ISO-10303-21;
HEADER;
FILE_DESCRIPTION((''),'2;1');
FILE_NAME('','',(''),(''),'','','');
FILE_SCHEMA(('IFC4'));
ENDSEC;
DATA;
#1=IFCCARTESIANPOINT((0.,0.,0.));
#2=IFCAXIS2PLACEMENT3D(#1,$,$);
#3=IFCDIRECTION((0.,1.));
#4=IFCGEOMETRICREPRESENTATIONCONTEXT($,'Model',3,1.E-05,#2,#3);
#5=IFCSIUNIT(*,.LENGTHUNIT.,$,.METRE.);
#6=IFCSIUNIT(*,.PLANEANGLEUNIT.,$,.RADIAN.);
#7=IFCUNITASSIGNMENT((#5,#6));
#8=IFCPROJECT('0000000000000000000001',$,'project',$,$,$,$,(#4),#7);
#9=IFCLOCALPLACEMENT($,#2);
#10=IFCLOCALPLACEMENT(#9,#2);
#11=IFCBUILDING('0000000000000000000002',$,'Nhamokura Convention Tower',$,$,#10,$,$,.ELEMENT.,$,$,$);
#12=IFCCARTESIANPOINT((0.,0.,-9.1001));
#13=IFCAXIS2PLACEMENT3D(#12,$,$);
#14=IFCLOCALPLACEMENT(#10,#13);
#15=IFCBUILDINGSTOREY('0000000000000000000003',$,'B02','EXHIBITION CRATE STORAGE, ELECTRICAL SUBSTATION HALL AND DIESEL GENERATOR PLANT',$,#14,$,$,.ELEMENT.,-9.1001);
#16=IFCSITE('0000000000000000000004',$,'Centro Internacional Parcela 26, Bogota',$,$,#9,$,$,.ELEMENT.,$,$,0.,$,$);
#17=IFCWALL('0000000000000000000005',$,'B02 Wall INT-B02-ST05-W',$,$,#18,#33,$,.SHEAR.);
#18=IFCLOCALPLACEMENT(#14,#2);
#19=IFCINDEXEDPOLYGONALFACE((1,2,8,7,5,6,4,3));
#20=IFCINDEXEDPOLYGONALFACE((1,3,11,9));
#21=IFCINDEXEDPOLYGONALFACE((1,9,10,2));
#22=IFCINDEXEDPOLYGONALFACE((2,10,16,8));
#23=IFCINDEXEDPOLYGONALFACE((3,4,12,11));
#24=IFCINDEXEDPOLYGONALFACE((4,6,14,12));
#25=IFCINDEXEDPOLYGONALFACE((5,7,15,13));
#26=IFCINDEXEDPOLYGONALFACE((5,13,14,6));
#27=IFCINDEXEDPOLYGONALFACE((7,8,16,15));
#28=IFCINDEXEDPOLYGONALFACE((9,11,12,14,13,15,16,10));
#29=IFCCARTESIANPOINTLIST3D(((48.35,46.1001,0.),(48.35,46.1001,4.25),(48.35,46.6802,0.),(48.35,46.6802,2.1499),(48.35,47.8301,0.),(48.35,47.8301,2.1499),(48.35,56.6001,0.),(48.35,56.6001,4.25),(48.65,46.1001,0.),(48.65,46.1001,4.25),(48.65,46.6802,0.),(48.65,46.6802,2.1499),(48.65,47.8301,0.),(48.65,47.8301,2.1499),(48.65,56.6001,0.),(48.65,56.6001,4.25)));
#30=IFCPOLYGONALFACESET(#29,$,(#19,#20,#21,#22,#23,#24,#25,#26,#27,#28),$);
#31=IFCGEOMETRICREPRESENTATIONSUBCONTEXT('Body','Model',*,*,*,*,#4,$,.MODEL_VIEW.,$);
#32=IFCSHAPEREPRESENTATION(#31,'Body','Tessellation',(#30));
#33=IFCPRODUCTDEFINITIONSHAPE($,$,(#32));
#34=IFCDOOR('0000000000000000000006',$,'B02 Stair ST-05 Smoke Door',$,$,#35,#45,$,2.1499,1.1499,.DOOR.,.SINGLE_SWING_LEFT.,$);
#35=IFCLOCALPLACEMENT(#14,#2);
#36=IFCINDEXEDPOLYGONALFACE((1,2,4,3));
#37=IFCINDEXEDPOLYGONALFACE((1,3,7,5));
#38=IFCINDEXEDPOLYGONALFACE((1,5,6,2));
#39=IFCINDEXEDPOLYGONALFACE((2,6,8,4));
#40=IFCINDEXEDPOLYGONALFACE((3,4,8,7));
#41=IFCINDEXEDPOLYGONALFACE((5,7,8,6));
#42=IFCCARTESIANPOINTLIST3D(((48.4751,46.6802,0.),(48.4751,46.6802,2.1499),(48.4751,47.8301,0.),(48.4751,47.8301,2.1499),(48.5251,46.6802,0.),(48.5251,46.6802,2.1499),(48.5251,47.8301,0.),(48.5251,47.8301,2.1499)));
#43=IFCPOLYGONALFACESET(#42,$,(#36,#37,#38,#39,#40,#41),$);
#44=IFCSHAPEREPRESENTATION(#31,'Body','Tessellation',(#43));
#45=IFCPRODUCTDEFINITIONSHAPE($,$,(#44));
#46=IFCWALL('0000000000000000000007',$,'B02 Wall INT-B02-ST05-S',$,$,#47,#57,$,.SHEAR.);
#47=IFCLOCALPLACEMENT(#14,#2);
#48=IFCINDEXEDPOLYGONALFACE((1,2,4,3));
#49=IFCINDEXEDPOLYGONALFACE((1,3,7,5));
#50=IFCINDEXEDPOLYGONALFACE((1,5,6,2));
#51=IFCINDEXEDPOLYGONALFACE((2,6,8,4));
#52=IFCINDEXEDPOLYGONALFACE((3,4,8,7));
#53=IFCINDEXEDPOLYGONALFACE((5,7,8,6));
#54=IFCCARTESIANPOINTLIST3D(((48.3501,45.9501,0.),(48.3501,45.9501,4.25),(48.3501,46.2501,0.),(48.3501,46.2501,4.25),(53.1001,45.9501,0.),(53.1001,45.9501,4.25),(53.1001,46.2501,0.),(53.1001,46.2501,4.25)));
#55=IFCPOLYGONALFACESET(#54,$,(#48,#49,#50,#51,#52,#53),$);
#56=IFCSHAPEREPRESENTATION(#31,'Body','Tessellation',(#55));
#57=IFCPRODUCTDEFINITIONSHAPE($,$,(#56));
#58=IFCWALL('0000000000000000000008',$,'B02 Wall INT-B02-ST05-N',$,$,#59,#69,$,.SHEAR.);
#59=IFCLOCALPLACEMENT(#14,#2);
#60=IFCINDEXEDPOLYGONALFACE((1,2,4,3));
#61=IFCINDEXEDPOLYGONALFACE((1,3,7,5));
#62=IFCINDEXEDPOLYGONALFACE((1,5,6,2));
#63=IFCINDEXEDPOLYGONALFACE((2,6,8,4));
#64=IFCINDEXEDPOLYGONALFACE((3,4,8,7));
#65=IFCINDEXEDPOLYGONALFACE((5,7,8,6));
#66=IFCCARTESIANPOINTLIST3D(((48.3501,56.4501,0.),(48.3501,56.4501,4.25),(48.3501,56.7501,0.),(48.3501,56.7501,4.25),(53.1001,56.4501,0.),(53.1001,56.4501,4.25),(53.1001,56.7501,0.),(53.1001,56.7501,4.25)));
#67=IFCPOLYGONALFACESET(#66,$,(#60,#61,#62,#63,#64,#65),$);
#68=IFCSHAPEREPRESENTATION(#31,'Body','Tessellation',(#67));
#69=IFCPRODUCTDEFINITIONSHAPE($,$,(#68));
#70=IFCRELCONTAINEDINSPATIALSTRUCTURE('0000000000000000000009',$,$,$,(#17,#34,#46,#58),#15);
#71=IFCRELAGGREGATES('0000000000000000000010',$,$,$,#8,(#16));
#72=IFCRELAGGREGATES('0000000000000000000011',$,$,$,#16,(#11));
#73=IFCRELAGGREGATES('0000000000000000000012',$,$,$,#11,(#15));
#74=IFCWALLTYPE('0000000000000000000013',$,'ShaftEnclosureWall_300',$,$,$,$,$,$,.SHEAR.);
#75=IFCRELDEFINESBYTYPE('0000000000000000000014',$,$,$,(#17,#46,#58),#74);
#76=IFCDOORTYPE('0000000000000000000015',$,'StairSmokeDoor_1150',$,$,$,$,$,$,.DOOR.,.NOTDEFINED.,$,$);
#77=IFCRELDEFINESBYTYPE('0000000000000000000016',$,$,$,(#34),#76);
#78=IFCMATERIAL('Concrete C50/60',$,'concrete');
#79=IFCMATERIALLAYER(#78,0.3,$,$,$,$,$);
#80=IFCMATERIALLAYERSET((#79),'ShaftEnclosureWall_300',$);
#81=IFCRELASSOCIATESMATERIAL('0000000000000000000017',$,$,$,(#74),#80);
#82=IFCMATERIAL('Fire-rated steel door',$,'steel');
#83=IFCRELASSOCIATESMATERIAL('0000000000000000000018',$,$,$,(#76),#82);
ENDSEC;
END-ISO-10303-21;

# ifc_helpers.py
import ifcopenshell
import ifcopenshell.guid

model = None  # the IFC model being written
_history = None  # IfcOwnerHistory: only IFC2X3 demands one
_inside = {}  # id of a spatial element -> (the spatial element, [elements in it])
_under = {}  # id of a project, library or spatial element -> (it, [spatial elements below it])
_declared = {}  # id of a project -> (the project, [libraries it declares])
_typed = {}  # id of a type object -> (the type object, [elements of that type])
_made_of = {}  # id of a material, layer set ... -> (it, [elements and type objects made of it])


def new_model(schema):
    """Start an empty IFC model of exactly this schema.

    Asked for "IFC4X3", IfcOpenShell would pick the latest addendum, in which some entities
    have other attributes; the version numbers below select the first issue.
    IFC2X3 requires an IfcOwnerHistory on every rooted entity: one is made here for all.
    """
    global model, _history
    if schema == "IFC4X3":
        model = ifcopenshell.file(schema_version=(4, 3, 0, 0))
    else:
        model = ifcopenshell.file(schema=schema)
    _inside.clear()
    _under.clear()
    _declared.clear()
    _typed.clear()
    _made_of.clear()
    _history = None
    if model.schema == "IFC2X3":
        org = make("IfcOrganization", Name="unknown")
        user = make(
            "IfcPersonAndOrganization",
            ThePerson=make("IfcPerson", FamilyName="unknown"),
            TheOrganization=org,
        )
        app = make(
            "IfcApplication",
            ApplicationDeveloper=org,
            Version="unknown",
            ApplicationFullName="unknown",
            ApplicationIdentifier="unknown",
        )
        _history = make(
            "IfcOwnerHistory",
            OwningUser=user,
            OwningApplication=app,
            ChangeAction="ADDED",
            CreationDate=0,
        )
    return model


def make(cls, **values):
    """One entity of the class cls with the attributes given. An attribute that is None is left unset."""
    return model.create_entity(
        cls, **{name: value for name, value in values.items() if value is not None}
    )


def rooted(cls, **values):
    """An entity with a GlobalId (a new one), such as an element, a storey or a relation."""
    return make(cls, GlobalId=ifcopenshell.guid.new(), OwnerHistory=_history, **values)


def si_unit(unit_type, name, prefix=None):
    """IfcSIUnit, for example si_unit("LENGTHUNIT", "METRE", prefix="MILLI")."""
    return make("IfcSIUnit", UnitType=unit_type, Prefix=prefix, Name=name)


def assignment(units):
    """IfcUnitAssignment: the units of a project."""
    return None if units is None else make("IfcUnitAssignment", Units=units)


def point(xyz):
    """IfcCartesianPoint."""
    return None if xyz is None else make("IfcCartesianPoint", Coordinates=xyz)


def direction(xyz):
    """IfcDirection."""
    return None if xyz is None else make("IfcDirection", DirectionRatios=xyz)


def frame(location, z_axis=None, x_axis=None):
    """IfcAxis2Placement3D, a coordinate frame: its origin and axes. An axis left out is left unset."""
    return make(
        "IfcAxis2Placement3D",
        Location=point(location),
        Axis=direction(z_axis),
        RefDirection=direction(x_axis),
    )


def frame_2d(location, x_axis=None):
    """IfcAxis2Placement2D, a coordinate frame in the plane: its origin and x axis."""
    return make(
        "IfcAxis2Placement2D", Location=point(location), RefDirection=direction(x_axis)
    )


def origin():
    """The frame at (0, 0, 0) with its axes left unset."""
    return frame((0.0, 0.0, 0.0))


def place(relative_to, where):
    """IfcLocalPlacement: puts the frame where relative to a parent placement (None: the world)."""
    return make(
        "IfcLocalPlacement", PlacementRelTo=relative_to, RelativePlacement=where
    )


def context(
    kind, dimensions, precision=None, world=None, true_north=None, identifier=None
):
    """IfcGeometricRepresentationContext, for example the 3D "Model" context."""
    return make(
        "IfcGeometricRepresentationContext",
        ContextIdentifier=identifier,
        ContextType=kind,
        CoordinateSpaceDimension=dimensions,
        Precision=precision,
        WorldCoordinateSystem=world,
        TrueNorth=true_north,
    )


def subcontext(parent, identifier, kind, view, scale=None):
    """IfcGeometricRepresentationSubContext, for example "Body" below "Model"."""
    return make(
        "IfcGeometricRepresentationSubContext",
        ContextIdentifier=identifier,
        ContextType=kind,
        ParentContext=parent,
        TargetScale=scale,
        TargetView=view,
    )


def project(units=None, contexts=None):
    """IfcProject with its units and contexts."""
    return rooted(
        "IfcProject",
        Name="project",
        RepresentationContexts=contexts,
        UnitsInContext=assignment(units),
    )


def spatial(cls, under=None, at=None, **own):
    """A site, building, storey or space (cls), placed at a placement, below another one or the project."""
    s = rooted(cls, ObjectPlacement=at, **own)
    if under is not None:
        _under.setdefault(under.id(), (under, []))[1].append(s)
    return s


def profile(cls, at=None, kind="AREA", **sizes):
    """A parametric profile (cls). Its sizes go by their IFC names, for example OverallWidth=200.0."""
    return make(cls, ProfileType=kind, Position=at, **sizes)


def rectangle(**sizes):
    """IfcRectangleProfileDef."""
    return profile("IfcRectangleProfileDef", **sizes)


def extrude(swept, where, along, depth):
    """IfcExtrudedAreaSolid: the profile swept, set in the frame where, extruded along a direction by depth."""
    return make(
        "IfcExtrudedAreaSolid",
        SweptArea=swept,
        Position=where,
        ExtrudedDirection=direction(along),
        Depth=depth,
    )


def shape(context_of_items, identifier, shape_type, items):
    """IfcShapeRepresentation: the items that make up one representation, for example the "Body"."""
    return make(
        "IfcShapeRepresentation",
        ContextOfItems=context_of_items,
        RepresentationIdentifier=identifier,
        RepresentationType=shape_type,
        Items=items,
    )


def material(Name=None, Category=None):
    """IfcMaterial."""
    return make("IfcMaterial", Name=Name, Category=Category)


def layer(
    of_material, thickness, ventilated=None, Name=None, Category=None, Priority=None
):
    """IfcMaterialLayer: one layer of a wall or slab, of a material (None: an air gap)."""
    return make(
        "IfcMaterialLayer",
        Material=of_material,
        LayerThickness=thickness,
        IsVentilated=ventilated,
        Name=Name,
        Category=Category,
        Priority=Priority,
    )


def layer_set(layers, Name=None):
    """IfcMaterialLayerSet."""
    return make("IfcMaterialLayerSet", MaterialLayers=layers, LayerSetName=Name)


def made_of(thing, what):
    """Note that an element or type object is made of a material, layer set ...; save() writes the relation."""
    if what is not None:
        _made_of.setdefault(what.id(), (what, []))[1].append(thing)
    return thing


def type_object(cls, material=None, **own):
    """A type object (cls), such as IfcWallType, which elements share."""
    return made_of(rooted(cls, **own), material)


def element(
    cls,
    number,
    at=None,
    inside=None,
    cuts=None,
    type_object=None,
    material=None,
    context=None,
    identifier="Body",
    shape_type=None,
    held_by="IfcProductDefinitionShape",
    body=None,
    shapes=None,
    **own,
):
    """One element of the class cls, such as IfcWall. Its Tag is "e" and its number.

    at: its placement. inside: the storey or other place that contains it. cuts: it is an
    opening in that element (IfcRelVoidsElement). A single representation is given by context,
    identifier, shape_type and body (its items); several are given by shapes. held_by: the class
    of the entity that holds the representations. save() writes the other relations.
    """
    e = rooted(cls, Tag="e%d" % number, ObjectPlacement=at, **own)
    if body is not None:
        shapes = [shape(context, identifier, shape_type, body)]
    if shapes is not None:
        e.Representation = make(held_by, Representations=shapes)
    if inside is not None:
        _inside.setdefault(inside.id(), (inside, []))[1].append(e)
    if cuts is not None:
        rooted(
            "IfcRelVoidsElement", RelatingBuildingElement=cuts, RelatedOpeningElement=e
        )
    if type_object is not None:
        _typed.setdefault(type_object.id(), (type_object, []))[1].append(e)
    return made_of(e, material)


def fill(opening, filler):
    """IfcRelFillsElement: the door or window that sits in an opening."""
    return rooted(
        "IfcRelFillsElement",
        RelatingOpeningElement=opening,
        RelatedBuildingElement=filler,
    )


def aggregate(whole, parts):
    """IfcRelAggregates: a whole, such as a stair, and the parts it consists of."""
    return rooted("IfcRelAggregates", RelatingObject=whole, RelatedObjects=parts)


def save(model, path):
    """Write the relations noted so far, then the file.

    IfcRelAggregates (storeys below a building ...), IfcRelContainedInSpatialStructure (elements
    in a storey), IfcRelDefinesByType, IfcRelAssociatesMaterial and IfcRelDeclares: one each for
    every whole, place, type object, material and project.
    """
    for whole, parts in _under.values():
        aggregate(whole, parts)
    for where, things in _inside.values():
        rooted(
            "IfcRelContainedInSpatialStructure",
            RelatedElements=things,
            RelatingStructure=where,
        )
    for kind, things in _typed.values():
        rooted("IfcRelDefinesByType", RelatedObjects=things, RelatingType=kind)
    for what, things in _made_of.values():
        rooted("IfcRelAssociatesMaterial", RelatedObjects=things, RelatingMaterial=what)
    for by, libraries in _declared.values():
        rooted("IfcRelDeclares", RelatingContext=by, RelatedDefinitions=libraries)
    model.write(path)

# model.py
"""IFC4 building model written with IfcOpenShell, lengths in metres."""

from ifc_helpers import new_model, si_unit, direction, frame, frame_2d, origin, place, context, subcontext, project, spatial, rectangle, extrude, material, layer, layer_set, type_object, element, fill, save


model = new_model("IFC4")

# Units and contexts
model_context = context("Model", 3, precision=1e-05, world=origin(), true_north=direction((0.0, 1.0)))
body_context = subcontext(model_context, "Body", "Model", "MODEL_VIEW")
ifc_project = project(units=[si_unit("LENGTHUNIT", "METRE"), si_unit("PLANEANGLEUNIT", "RADIAN")], contexts=[model_context])

# Site, building, storey
site_placement = place(None, origin())
site = spatial("IfcSite", under=ifc_project, at=site_placement, Name="Centro Internacional Parcela 26, Bogota", CompositionType="ELEMENT", RefElevation=0.0)
building_placement = place(site_placement, origin())
building = spatial("IfcBuilding", under=site, at=building_placement, Name="Nhamokura Convention Tower", CompositionType="ELEMENT")
storey_placement = place(building_placement, frame((0.0, 0.0, -9.1001)))
storey = spatial("IfcBuildingStorey", under=building, at=storey_placement, Name="B02", Description="EXHIBITION CRATE STORAGE, ELECTRICAL SUBSTATION HALL AND DIESEL GENERATOR PLANT", CompositionType="ELEMENT", Elevation=-9.1001)

# Wall, opening, door
ifc_material_1 = material(Name="Concrete C50/60", Category="concrete")
ifc_layer_1 = layer(ifc_material_1, 0.3)
ifc_layer_set_1 = layer_set([ifc_layer_1], Name="ShaftEnclosureWall_300")
wall_type_1 = type_object("IfcWallType", Name="ShaftEnclosureWall_300", PredefinedType="SHEAR", material=ifc_layer_set_1)
wall_1_placement = place(storey_placement, frame((48.5, 46.1001, 0.0), z_axis=(0.0, 0.0, 1.0), x_axis=(0.0, 1.0, 0.0)))
wall_1 = element("IfcWall", 1, at=wall_1_placement, inside=storey, type_object=wall_type_1, Name="B02 Wall INT-B02-ST05-W", PredefinedType="SHEAR", context=body_context, shape_type="SweptSolid", body=[
    extrude(rectangle(XDim=10.5, YDim=0.3, at=frame_2d((5.25, 0.0))), origin(), (0.0, 0.0, 1.0), 4.25),
])
opening_placement = place(wall_1_placement, frame((0.5801, 0.0, 0.0)))
opening = element("IfcOpeningElement", 2, at=opening_placement, cuts=wall_1, PredefinedType="OPENING", context=body_context, shape_type="SweptSolid", body=[
    extrude(rectangle(XDim=1.1499, YDim=2.1499, at=frame_2d((0.575, 1.075))), frame((0.0, 0.1599, 0.0), z_axis=(0.0, -1.0, 0.0), x_axis=(1.0, 0.0, 0.0)), (0.0, 0.0, 1.0), 0.3201),
])
ifc_material_2 = material(Name="Fire-rated steel door", Category="steel")
door_type = type_object("IfcDoorType", Name="StairSmokeDoor_1150", OperationType="NOTDEFINED", PredefinedType="DOOR", material=ifc_material_2)
door_placement = place(opening_placement, origin())
door = element("IfcDoor", 3, at=door_placement, inside=storey, type_object=door_type, Name="B02 Stair ST-05 Smoke Door", OperationType="SINGLE_SWING_LEFT", OverallHeight=2.1499, OverallWidth=1.1499, PredefinedType="DOOR", context=body_context, shape_type="SweptSolid", body=[
    extrude(rectangle(XDim=1.1499, YDim=2.1499, at=frame_2d((0.575, 1.075))), frame((0.0, 0.0249, 0.0), z_axis=(0.0, -1.0, 0.0), x_axis=(1.0, 0.0, 0.0)), (0.0, 0.0, 1.0), 0.05),
])
fill(opening, door)

# Walls
for number, where, z_axis, x_axis, name in (
    (4, (48.3501, 46.1001, 0.0), (0.0, 0.0, 1.0), (1.0, 0.0, 0.0), "B02 Wall INT-B02-ST05-S"),
    (5, (48.3501, 56.6001, 0.0), (0.0, 0.0, 1.0), (1.0, 0.0, 0.0), "B02 Wall INT-B02-ST05-N"),
):
    element("IfcWall", number, at=place(storey_placement, frame(where, z_axis=z_axis, x_axis=x_axis)), inside=storey, type_object=wall_type_1, Name=name, PredefinedType="SHEAR", context=body_context, shape_type="SweptSolid", body=[
        extrude(rectangle(XDim=4.75, YDim=0.3, at=frame_2d((2.375, 0.0))), origin(), (0.0, 0.0, 1.0), 4.25),
    ])

save(model, "model.ifc")
